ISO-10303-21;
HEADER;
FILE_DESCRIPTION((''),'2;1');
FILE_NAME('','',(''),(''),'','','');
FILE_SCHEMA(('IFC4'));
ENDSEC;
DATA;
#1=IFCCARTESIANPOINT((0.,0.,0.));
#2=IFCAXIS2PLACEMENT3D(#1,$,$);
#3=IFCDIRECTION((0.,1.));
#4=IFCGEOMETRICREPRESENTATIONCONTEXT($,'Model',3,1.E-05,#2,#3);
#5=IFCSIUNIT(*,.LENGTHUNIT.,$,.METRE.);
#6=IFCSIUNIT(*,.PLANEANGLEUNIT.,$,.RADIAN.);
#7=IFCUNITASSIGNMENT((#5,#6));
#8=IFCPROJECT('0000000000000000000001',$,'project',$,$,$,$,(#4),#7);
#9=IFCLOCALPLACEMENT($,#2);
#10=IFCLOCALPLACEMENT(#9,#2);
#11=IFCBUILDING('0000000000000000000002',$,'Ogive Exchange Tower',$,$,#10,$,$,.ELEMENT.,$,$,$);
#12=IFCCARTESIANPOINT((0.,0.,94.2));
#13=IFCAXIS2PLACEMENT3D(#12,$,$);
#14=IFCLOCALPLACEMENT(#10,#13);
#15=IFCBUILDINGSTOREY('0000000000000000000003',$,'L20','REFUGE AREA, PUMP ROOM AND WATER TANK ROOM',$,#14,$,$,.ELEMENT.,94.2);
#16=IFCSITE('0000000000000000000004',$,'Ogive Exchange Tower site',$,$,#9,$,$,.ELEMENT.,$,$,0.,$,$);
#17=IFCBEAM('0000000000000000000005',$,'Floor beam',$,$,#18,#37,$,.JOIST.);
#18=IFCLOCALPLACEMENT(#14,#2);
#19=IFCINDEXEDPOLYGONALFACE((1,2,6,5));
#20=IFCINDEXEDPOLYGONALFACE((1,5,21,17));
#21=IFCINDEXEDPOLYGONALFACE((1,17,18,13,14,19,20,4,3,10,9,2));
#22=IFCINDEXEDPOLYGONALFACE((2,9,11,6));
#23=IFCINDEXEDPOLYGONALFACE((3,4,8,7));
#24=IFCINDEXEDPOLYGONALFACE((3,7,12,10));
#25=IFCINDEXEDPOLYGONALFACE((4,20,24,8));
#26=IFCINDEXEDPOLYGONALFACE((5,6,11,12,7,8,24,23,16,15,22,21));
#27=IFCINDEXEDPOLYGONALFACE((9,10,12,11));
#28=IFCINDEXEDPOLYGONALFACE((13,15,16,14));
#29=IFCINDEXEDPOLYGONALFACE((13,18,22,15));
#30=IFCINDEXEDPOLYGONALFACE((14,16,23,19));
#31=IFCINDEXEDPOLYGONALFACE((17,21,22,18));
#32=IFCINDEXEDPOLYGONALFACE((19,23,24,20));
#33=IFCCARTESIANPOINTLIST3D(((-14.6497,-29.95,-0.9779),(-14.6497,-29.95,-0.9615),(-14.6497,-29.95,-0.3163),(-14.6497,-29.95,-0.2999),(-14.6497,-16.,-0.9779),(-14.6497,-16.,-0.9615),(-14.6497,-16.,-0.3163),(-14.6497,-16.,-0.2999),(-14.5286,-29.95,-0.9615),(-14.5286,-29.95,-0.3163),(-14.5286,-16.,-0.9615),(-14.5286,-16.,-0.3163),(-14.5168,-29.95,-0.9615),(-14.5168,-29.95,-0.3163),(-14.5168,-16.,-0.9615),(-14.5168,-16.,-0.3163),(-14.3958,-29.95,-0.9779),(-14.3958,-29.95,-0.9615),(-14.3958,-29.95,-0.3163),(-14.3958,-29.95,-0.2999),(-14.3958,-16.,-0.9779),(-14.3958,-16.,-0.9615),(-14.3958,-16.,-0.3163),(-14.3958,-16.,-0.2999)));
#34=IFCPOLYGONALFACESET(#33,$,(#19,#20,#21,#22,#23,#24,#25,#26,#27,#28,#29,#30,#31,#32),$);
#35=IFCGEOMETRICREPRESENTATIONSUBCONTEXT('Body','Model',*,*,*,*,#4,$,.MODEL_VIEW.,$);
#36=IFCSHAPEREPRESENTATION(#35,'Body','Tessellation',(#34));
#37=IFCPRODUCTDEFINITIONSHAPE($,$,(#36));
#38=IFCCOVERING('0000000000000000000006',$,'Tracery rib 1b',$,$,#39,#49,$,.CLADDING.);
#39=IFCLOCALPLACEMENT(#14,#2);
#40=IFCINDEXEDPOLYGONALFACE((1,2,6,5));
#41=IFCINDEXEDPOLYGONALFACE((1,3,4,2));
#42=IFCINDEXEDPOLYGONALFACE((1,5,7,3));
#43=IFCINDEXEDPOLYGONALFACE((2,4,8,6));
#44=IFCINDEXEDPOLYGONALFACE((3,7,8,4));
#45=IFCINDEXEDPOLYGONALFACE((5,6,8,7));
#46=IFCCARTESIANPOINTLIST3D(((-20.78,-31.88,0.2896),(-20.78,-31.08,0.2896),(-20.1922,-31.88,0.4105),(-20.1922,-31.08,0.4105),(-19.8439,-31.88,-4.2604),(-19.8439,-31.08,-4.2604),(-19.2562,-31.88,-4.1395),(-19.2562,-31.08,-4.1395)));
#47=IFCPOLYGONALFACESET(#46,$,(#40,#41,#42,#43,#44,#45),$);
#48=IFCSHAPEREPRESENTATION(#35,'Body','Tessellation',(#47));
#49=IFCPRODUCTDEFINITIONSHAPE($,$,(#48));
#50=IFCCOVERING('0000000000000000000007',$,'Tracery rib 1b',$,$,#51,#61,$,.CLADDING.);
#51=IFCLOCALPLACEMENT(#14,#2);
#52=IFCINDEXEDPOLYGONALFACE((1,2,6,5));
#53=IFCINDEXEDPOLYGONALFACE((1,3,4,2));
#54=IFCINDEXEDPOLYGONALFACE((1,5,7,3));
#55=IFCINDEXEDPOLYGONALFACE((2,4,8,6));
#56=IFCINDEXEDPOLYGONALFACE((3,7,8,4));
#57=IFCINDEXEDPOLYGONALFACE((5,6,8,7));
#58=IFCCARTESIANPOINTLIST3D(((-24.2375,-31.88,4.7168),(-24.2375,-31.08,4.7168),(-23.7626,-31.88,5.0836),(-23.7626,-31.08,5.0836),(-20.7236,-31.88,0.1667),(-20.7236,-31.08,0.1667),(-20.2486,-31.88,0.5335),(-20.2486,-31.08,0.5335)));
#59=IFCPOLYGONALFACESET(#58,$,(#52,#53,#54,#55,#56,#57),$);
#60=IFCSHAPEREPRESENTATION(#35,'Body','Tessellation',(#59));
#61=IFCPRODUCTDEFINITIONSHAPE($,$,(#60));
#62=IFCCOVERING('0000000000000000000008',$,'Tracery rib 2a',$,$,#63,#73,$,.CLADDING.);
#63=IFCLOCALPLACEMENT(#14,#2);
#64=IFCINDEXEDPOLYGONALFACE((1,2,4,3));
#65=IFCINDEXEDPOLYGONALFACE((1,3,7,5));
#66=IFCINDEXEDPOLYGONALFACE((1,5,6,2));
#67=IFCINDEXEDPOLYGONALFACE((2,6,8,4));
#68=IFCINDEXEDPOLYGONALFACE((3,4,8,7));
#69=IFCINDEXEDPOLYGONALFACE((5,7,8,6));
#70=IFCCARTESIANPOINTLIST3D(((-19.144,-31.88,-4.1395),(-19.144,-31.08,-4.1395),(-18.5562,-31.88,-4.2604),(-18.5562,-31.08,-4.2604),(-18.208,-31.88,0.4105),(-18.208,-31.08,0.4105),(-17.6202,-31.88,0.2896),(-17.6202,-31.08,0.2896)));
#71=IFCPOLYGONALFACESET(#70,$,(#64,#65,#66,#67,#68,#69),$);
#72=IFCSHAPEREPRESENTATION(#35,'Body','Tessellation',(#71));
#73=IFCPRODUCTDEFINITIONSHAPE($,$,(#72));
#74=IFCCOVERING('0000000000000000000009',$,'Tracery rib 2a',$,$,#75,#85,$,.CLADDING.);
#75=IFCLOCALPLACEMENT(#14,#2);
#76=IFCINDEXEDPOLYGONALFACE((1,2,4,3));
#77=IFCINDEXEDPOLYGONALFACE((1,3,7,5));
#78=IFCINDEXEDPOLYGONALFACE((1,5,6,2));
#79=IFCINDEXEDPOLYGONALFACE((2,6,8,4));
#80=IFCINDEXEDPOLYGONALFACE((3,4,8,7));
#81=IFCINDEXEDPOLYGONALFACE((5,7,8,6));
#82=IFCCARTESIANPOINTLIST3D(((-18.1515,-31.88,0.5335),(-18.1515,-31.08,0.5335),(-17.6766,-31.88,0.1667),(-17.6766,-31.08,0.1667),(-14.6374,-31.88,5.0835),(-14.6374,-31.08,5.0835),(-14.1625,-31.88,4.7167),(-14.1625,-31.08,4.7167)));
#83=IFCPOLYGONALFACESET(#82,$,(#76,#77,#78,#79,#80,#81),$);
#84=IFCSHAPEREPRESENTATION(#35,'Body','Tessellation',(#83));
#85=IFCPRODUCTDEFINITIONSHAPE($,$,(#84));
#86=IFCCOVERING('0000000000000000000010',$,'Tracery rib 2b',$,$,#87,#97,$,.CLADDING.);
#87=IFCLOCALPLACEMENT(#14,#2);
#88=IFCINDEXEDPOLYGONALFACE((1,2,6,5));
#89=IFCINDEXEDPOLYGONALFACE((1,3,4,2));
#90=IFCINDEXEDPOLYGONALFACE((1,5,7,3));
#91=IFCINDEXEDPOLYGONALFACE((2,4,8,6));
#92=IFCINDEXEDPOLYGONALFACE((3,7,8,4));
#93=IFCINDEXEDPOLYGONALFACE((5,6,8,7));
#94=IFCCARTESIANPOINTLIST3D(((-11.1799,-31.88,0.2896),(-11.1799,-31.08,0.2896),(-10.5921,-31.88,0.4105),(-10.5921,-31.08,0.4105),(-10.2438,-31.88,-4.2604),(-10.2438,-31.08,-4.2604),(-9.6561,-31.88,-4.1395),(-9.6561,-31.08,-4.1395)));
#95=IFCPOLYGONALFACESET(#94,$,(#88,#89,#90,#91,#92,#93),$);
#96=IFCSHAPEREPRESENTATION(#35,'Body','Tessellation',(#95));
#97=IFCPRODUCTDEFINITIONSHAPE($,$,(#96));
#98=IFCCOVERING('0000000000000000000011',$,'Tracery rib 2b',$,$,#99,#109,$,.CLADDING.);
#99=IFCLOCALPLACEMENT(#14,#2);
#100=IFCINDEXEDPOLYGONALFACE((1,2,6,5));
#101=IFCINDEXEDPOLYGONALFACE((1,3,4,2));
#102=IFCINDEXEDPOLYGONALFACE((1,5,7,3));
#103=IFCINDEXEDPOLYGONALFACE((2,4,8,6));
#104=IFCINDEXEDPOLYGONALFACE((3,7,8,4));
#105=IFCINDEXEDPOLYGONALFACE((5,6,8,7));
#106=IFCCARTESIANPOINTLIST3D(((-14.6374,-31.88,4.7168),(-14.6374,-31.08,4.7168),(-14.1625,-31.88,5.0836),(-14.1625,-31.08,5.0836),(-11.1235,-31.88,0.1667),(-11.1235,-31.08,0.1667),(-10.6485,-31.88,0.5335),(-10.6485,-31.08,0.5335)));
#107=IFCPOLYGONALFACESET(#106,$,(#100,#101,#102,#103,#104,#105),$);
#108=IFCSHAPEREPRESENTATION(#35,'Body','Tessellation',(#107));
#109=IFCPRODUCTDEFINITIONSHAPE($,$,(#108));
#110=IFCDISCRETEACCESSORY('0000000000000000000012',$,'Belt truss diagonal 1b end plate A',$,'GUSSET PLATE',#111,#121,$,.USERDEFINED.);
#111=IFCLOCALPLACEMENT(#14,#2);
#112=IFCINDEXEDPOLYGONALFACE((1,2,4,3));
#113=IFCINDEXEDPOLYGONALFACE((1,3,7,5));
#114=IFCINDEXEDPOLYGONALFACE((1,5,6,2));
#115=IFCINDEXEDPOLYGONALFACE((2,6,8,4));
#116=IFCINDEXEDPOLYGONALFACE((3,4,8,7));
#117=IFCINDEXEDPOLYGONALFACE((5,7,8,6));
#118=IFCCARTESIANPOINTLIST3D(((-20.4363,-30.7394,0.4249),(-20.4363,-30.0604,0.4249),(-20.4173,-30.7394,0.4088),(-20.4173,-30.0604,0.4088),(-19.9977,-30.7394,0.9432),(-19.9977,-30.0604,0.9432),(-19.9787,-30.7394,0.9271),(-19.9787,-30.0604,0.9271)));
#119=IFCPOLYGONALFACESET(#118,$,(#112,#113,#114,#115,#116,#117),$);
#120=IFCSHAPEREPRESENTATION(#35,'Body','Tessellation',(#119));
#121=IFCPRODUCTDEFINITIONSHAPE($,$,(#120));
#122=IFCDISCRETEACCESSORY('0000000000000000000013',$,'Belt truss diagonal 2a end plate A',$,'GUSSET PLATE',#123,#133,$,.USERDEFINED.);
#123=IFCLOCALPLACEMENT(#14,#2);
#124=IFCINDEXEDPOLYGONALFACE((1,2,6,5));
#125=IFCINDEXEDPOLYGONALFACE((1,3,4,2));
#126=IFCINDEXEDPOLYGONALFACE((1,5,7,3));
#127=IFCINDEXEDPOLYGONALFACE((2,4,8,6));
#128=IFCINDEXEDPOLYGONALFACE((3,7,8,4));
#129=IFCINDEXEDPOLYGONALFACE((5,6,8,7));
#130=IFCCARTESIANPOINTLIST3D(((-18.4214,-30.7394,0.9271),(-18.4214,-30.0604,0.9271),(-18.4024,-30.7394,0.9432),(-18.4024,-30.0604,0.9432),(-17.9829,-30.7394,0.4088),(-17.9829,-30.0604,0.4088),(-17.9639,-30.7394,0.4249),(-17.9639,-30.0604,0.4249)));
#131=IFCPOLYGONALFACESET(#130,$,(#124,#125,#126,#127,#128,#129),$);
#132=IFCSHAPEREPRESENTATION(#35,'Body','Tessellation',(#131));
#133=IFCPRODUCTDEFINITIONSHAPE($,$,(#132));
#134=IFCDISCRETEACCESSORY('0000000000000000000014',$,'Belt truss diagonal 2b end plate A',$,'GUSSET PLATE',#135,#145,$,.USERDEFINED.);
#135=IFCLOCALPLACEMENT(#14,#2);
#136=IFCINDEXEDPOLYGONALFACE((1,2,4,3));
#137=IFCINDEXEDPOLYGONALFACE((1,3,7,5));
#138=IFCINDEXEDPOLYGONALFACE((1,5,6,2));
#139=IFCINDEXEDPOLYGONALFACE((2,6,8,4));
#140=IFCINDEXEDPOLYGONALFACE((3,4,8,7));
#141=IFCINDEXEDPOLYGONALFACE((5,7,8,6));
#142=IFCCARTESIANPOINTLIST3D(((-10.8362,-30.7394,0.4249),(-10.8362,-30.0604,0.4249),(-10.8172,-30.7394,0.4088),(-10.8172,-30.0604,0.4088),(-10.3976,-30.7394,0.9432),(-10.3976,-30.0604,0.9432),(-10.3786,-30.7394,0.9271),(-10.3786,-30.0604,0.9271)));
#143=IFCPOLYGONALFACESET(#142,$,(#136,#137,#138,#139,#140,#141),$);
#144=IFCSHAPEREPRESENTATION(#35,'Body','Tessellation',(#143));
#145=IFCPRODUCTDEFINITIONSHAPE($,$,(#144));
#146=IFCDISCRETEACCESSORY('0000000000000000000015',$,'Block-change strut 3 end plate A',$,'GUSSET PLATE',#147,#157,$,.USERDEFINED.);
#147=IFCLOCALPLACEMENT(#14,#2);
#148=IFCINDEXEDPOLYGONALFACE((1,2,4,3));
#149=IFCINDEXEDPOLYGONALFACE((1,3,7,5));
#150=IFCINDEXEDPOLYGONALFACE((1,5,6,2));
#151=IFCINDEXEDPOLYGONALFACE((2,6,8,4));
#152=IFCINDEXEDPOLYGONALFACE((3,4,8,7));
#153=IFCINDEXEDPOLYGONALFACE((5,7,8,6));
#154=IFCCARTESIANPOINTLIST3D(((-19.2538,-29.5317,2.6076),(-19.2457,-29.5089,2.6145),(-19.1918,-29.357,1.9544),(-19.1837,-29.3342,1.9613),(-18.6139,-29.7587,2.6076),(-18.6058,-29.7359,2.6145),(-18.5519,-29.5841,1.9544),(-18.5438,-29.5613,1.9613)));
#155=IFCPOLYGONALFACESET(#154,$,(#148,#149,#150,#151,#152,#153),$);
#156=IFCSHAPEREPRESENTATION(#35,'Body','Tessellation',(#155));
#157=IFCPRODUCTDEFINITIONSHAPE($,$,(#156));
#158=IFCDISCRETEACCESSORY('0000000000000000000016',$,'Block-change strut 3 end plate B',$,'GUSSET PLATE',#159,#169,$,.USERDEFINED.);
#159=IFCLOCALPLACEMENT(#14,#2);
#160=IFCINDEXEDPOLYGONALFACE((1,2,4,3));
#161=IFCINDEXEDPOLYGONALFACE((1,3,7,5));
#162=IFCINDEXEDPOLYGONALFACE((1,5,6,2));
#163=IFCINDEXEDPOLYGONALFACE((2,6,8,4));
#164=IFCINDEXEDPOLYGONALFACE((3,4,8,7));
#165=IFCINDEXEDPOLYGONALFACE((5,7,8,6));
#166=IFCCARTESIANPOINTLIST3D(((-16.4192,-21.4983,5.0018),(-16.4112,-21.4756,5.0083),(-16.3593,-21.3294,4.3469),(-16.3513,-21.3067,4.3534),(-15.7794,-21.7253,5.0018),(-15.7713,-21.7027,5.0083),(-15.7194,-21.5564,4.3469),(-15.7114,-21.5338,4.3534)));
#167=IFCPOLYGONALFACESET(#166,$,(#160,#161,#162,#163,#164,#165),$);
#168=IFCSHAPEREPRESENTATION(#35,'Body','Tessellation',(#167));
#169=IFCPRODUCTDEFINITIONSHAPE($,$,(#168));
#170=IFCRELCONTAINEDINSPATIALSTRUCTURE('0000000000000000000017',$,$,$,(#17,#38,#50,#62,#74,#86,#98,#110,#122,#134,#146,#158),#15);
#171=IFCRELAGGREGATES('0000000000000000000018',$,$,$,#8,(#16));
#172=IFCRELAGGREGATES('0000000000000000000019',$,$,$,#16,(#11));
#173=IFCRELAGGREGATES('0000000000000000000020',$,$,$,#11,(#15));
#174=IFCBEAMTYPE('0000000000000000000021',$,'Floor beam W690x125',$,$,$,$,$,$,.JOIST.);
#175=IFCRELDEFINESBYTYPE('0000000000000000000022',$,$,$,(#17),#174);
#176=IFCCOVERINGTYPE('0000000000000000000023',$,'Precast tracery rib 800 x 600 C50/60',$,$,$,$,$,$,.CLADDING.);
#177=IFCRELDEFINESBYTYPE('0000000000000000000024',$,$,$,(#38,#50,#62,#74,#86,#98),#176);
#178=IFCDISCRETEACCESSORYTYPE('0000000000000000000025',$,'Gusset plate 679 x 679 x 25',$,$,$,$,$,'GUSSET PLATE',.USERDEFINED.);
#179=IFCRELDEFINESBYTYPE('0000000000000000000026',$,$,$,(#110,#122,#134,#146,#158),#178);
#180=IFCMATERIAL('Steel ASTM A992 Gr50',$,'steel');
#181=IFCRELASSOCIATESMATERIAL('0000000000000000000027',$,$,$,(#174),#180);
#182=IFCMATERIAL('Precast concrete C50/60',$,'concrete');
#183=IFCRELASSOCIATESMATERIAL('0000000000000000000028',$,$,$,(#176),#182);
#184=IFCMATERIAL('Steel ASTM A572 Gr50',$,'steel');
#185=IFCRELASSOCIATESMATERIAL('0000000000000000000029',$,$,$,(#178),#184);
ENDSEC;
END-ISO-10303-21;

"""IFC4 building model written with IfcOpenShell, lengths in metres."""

from ifc_helpers import new_model, si_unit, direction, frame, origin, origin_2d, place, context, subcontext, project, spatial, rectangle, i_section, extrude, material, material_profile, profile_set, type_object, element, save


model = new_model("IFC4")

# Units and contexts
model_context = context("Model", 3, precision=1e-05, world=origin(), true_north=direction((0.0, 1.0)))
body_context = subcontext(model_context, "Body", "Model", "MODEL_VIEW")
ifc_project = project(units=[si_unit("LENGTHUNIT", "METRE"), si_unit("PLANEANGLEUNIT", "RADIAN")], contexts=[model_context])

# Site, building, storey
site_placement = place(None, origin())
site = spatial("IfcSite", under=ifc_project, at=site_placement, Name="Ogive Exchange Tower site", CompositionType="ELEMENT", RefElevation=0.0)
building_placement = place(site_placement, origin())
building = spatial("IfcBuilding", under=site, at=building_placement, Name="Ogive Exchange Tower", CompositionType="ELEMENT")
storey_placement = place(building_placement, frame((0.0, 0.0, 94.2)))
storey = spatial("IfcBuildingStorey", under=building, at=storey_placement, Name="L20", Description="REFUGE AREA, PUMP ROOM AND WATER TANK ROOM", CompositionType="ELEMENT", Elevation=94.2)

# Shared definitions
ifc_material_1 = material(Name="Steel ASTM A992 Gr50", Category="steel")

# Beam
ifc_material_profile_1 = material_profile(ifc_material_1, i_section(OverallWidth=0.2539, OverallDepth=0.678, WebThickness=0.0117, FlangeThickness=0.0164, at=origin_2d()), Name="W690x125")
ifc_profile_set_1 = profile_set([ifc_material_profile_1], Name="Steel ASTM A992 Gr50")
beam_type_1 = type_object("IfcBeamType", Name="Floor beam W690x125", PredefinedType="JOIST", material=ifc_profile_set_1)
for number, where, z_axis, x_axis, name in (
    (1, (-14.5227, -29.95, -0.6389), (0.0, 1.0, 0.0), (-1.0, 0.0, 0.0), "Floor beam"),
):
    element("IfcBeam", number, at=place(storey_placement, frame(where, z_axis=z_axis, x_axis=x_axis)), inside=storey, type_object=beam_type_1, Name=name, PredefinedType="JOIST", context=body_context, shape_type="SweptSolid", body=[
        extrude(i_section(OverallWidth=0.2539, OverallDepth=0.678, WebThickness=0.0117, FlangeThickness=0.0164, at=origin_2d()), origin(), (0.0, 0.0, 1.0), 13.95),
    ])

# Coverings
ifc_material_2 = material(Name="Precast concrete C50/60", Category="concrete")
ifc_material_profile_2 = material_profile(ifc_material_2, rectangle(XDim=0.8, YDim=0.6001, at=origin_2d()), Name="RIB 800 x 600")
ifc_profile_set_2 = profile_set([ifc_material_profile_2], Name="Precast concrete C50/60")
covering_type = type_object("IfcCoveringType", Name="Precast tracery rib 800 x 600 C50/60", PredefinedType="CLADDING", material=ifc_profile_set_2)
covering_1_placement = place(storey_placement, frame((-19.55, -31.48, -4.2), z_axis=(-0.2015, 0.0, 0.979488), x_axis=(0.0, -1.0, 0.0)))
element("IfcCovering", 2, at=covering_1_placement, inside=storey, type_object=covering_type, Name="Tracery rib 1b", PredefinedType="CLADDING", context=body_context, shape_type="SweptSolid", body=[
    extrude(rectangle(XDim=0.8, YDim=0.6001, at=origin_2d()), origin(), (0.0, 0.0, 1.0), 4.6453),
])
covering_2_placement = place(storey_placement, frame((-20.4861, -31.48, 0.3501), z_axis=(-0.611226, 0.0, 0.791456), x_axis=(0.0, -1.0, 0.0)))
element("IfcCovering", 3, at=covering_2_placement, inside=storey, type_object=covering_type, Name="Tracery rib 1b", PredefinedType="CLADDING", context=body_context, shape_type="SweptSolid", body=[
    extrude(rectangle(XDim=0.8, YDim=0.6001, at=origin_2d()), origin(), (0.0, 0.0, 1.0), 5.749),
])
covering_3_placement = place(storey_placement, frame((-18.8501, -31.48, -4.2), z_axis=(0.2015, 0.0, 0.979488), x_axis=(0.0, 1.0, 0.0)))
element("IfcCovering", 4, at=covering_3_placement, inside=storey, type_object=covering_type, Name="Tracery rib 2a", PredefinedType="CLADDING", context=body_context, shape_type="SweptSolid", body=[
    extrude(rectangle(XDim=0.8, YDim=0.6001, at=origin_2d()), origin(), (0.0, 0.0, 1.0), 4.6453),
])
covering_4_placement = place(storey_placement, frame((-17.9141, -31.48, 0.3501), z_axis=(0.611253, 0.0, 0.791435), x_axis=(0.0, 1.0, 0.0)))
element("IfcCovering", 5, at=covering_4_placement, inside=storey, type_object=covering_type, Name="Tracery rib 2a", PredefinedType="CLADDING", context=body_context, shape_type="SweptSolid", body=[
    extrude(rectangle(XDim=0.8, YDim=0.6001, at=origin_2d()), origin(), (0.0, 0.0, 1.0), 5.749),
])
covering_5_placement = place(storey_placement, frame((-9.95, -31.48, -4.2), z_axis=(-0.2015, 0.0, 0.979488), x_axis=(0.0, -1.0, 0.0)))
element("IfcCovering", 6, at=covering_5_placement, inside=storey, type_object=covering_type, Name="Tracery rib 2b", PredefinedType="CLADDING", context=body_context, shape_type="SweptSolid", body=[
    extrude(rectangle(XDim=0.8, YDim=0.6001, at=origin_2d()), origin(), (0.0, 0.0, 1.0), 4.6453),
])
covering_6_placement = place(storey_placement, frame((-10.886, -31.48, 0.3501), z_axis=(-0.611226, 0.0, 0.791456), x_axis=(0.0, -1.0, 0.0)))
element("IfcCovering", 7, at=covering_6_placement, inside=storey, type_object=covering_type, Name="Tracery rib 2b", PredefinedType="CLADDING", context=body_context, shape_type="SweptSolid", body=[
    extrude(rectangle(XDim=0.8, YDim=0.6001, at=origin_2d()), origin(), (0.0, 0.0, 1.0), 5.749),
])

# Discrete accessories
ifc_material_3 = material(Name="Steel ASTM A572 Gr50", Category="steel")
ifc_material_profile_3 = material_profile(ifc_material_3, rectangle(XDim=0.679, YDim=0.679, at=origin_2d()), Name="PL 679 x 679 x 25")
ifc_profile_set_3 = profile_set([ifc_material_profile_3], Name="Steel ASTM A572 Gr50")
discrete_accessory_type = type_object("IfcDiscreteAccessoryType", Name="Gusset plate 679 x 679 x 25", ElementType="GUSSET PLATE", PredefinedType="USERDEFINED", material=ifc_profile_set_3)
for number, where, z_axis, x_axis, name in (
    (8, (-20.198, -30.3999, 0.668), (-0.763386, 0.0, 0.645942), (0.0, -1.0, 0.0), "Belt truss diagonal 1b end plate A"),
    (9, (-18.2021, -30.3999, 0.668), (0.763386, 0.0, 0.645942), (0.0, 1.0, 0.0), "Belt truss diagonal 2a end plate A"),
    (10, (-10.5979, -30.3999, 0.668), (-0.763386, 0.0, 0.645942), (0.0, -1.0, 0.0), "Belt truss diagonal 2b end plate A"),
):
    element("IfcDiscreteAccessory", number, at=place(storey_placement, frame(where, z_axis=z_axis, x_axis=x_axis)), inside=storey, type_object=discrete_accessory_type, Name=name, ObjectType="GUSSET PLATE", PredefinedType="USERDEFINED", context=body_context, shape_type="SweptSolid", body=[
        extrude(rectangle(XDim=0.679, YDim=0.679, at=origin_2d()), origin(), (0.0, 0.0, 1.0), 0.0249),
    ])
discrete_accessory_1_placement = place(storey_placement, frame((-18.9028, -29.5579, 2.281), z_axis=(0.32171, 0.906638, 0.272966), x_axis=(-0.942428, 0.33441, 0.0)))
element("IfcDiscreteAccessory", 11, at=discrete_accessory_1_placement, inside=storey, type_object=discrete_accessory_type, Name="Block-change strut 3 end plate A", ObjectType="GUSSET PLATE", PredefinedType="USERDEFINED", context=body_context, shape_type="SweptSolid", body=[
    extrude(rectangle(XDim=0.679, YDim=0.679, at=origin_2d()), origin(), (0.0, 0.0, 1.0), 0.0251),
])
discrete_accessory_2_placement = place(storey_placement, frame((-16.0693, -21.5273, 4.6743), z_axis=(0.322554, 0.909017, 0.263908), x_axis=(-0.942428, 0.33441, 0.0)))
element("IfcDiscreteAccessory", 12, at=discrete_accessory_2_placement, inside=storey, type_object=discrete_accessory_type, Name="Block-change strut 3 end plate B", ObjectType="GUSSET PLATE", PredefinedType="USERDEFINED", context=body_context, shape_type="SweptSolid", body=[
    extrude(rectangle(XDim=0.679, YDim=0.679, at=origin_2d()), origin(), (0.0, 0.0, 1.0), 0.0249),
])

save(model, "model.ifc")
